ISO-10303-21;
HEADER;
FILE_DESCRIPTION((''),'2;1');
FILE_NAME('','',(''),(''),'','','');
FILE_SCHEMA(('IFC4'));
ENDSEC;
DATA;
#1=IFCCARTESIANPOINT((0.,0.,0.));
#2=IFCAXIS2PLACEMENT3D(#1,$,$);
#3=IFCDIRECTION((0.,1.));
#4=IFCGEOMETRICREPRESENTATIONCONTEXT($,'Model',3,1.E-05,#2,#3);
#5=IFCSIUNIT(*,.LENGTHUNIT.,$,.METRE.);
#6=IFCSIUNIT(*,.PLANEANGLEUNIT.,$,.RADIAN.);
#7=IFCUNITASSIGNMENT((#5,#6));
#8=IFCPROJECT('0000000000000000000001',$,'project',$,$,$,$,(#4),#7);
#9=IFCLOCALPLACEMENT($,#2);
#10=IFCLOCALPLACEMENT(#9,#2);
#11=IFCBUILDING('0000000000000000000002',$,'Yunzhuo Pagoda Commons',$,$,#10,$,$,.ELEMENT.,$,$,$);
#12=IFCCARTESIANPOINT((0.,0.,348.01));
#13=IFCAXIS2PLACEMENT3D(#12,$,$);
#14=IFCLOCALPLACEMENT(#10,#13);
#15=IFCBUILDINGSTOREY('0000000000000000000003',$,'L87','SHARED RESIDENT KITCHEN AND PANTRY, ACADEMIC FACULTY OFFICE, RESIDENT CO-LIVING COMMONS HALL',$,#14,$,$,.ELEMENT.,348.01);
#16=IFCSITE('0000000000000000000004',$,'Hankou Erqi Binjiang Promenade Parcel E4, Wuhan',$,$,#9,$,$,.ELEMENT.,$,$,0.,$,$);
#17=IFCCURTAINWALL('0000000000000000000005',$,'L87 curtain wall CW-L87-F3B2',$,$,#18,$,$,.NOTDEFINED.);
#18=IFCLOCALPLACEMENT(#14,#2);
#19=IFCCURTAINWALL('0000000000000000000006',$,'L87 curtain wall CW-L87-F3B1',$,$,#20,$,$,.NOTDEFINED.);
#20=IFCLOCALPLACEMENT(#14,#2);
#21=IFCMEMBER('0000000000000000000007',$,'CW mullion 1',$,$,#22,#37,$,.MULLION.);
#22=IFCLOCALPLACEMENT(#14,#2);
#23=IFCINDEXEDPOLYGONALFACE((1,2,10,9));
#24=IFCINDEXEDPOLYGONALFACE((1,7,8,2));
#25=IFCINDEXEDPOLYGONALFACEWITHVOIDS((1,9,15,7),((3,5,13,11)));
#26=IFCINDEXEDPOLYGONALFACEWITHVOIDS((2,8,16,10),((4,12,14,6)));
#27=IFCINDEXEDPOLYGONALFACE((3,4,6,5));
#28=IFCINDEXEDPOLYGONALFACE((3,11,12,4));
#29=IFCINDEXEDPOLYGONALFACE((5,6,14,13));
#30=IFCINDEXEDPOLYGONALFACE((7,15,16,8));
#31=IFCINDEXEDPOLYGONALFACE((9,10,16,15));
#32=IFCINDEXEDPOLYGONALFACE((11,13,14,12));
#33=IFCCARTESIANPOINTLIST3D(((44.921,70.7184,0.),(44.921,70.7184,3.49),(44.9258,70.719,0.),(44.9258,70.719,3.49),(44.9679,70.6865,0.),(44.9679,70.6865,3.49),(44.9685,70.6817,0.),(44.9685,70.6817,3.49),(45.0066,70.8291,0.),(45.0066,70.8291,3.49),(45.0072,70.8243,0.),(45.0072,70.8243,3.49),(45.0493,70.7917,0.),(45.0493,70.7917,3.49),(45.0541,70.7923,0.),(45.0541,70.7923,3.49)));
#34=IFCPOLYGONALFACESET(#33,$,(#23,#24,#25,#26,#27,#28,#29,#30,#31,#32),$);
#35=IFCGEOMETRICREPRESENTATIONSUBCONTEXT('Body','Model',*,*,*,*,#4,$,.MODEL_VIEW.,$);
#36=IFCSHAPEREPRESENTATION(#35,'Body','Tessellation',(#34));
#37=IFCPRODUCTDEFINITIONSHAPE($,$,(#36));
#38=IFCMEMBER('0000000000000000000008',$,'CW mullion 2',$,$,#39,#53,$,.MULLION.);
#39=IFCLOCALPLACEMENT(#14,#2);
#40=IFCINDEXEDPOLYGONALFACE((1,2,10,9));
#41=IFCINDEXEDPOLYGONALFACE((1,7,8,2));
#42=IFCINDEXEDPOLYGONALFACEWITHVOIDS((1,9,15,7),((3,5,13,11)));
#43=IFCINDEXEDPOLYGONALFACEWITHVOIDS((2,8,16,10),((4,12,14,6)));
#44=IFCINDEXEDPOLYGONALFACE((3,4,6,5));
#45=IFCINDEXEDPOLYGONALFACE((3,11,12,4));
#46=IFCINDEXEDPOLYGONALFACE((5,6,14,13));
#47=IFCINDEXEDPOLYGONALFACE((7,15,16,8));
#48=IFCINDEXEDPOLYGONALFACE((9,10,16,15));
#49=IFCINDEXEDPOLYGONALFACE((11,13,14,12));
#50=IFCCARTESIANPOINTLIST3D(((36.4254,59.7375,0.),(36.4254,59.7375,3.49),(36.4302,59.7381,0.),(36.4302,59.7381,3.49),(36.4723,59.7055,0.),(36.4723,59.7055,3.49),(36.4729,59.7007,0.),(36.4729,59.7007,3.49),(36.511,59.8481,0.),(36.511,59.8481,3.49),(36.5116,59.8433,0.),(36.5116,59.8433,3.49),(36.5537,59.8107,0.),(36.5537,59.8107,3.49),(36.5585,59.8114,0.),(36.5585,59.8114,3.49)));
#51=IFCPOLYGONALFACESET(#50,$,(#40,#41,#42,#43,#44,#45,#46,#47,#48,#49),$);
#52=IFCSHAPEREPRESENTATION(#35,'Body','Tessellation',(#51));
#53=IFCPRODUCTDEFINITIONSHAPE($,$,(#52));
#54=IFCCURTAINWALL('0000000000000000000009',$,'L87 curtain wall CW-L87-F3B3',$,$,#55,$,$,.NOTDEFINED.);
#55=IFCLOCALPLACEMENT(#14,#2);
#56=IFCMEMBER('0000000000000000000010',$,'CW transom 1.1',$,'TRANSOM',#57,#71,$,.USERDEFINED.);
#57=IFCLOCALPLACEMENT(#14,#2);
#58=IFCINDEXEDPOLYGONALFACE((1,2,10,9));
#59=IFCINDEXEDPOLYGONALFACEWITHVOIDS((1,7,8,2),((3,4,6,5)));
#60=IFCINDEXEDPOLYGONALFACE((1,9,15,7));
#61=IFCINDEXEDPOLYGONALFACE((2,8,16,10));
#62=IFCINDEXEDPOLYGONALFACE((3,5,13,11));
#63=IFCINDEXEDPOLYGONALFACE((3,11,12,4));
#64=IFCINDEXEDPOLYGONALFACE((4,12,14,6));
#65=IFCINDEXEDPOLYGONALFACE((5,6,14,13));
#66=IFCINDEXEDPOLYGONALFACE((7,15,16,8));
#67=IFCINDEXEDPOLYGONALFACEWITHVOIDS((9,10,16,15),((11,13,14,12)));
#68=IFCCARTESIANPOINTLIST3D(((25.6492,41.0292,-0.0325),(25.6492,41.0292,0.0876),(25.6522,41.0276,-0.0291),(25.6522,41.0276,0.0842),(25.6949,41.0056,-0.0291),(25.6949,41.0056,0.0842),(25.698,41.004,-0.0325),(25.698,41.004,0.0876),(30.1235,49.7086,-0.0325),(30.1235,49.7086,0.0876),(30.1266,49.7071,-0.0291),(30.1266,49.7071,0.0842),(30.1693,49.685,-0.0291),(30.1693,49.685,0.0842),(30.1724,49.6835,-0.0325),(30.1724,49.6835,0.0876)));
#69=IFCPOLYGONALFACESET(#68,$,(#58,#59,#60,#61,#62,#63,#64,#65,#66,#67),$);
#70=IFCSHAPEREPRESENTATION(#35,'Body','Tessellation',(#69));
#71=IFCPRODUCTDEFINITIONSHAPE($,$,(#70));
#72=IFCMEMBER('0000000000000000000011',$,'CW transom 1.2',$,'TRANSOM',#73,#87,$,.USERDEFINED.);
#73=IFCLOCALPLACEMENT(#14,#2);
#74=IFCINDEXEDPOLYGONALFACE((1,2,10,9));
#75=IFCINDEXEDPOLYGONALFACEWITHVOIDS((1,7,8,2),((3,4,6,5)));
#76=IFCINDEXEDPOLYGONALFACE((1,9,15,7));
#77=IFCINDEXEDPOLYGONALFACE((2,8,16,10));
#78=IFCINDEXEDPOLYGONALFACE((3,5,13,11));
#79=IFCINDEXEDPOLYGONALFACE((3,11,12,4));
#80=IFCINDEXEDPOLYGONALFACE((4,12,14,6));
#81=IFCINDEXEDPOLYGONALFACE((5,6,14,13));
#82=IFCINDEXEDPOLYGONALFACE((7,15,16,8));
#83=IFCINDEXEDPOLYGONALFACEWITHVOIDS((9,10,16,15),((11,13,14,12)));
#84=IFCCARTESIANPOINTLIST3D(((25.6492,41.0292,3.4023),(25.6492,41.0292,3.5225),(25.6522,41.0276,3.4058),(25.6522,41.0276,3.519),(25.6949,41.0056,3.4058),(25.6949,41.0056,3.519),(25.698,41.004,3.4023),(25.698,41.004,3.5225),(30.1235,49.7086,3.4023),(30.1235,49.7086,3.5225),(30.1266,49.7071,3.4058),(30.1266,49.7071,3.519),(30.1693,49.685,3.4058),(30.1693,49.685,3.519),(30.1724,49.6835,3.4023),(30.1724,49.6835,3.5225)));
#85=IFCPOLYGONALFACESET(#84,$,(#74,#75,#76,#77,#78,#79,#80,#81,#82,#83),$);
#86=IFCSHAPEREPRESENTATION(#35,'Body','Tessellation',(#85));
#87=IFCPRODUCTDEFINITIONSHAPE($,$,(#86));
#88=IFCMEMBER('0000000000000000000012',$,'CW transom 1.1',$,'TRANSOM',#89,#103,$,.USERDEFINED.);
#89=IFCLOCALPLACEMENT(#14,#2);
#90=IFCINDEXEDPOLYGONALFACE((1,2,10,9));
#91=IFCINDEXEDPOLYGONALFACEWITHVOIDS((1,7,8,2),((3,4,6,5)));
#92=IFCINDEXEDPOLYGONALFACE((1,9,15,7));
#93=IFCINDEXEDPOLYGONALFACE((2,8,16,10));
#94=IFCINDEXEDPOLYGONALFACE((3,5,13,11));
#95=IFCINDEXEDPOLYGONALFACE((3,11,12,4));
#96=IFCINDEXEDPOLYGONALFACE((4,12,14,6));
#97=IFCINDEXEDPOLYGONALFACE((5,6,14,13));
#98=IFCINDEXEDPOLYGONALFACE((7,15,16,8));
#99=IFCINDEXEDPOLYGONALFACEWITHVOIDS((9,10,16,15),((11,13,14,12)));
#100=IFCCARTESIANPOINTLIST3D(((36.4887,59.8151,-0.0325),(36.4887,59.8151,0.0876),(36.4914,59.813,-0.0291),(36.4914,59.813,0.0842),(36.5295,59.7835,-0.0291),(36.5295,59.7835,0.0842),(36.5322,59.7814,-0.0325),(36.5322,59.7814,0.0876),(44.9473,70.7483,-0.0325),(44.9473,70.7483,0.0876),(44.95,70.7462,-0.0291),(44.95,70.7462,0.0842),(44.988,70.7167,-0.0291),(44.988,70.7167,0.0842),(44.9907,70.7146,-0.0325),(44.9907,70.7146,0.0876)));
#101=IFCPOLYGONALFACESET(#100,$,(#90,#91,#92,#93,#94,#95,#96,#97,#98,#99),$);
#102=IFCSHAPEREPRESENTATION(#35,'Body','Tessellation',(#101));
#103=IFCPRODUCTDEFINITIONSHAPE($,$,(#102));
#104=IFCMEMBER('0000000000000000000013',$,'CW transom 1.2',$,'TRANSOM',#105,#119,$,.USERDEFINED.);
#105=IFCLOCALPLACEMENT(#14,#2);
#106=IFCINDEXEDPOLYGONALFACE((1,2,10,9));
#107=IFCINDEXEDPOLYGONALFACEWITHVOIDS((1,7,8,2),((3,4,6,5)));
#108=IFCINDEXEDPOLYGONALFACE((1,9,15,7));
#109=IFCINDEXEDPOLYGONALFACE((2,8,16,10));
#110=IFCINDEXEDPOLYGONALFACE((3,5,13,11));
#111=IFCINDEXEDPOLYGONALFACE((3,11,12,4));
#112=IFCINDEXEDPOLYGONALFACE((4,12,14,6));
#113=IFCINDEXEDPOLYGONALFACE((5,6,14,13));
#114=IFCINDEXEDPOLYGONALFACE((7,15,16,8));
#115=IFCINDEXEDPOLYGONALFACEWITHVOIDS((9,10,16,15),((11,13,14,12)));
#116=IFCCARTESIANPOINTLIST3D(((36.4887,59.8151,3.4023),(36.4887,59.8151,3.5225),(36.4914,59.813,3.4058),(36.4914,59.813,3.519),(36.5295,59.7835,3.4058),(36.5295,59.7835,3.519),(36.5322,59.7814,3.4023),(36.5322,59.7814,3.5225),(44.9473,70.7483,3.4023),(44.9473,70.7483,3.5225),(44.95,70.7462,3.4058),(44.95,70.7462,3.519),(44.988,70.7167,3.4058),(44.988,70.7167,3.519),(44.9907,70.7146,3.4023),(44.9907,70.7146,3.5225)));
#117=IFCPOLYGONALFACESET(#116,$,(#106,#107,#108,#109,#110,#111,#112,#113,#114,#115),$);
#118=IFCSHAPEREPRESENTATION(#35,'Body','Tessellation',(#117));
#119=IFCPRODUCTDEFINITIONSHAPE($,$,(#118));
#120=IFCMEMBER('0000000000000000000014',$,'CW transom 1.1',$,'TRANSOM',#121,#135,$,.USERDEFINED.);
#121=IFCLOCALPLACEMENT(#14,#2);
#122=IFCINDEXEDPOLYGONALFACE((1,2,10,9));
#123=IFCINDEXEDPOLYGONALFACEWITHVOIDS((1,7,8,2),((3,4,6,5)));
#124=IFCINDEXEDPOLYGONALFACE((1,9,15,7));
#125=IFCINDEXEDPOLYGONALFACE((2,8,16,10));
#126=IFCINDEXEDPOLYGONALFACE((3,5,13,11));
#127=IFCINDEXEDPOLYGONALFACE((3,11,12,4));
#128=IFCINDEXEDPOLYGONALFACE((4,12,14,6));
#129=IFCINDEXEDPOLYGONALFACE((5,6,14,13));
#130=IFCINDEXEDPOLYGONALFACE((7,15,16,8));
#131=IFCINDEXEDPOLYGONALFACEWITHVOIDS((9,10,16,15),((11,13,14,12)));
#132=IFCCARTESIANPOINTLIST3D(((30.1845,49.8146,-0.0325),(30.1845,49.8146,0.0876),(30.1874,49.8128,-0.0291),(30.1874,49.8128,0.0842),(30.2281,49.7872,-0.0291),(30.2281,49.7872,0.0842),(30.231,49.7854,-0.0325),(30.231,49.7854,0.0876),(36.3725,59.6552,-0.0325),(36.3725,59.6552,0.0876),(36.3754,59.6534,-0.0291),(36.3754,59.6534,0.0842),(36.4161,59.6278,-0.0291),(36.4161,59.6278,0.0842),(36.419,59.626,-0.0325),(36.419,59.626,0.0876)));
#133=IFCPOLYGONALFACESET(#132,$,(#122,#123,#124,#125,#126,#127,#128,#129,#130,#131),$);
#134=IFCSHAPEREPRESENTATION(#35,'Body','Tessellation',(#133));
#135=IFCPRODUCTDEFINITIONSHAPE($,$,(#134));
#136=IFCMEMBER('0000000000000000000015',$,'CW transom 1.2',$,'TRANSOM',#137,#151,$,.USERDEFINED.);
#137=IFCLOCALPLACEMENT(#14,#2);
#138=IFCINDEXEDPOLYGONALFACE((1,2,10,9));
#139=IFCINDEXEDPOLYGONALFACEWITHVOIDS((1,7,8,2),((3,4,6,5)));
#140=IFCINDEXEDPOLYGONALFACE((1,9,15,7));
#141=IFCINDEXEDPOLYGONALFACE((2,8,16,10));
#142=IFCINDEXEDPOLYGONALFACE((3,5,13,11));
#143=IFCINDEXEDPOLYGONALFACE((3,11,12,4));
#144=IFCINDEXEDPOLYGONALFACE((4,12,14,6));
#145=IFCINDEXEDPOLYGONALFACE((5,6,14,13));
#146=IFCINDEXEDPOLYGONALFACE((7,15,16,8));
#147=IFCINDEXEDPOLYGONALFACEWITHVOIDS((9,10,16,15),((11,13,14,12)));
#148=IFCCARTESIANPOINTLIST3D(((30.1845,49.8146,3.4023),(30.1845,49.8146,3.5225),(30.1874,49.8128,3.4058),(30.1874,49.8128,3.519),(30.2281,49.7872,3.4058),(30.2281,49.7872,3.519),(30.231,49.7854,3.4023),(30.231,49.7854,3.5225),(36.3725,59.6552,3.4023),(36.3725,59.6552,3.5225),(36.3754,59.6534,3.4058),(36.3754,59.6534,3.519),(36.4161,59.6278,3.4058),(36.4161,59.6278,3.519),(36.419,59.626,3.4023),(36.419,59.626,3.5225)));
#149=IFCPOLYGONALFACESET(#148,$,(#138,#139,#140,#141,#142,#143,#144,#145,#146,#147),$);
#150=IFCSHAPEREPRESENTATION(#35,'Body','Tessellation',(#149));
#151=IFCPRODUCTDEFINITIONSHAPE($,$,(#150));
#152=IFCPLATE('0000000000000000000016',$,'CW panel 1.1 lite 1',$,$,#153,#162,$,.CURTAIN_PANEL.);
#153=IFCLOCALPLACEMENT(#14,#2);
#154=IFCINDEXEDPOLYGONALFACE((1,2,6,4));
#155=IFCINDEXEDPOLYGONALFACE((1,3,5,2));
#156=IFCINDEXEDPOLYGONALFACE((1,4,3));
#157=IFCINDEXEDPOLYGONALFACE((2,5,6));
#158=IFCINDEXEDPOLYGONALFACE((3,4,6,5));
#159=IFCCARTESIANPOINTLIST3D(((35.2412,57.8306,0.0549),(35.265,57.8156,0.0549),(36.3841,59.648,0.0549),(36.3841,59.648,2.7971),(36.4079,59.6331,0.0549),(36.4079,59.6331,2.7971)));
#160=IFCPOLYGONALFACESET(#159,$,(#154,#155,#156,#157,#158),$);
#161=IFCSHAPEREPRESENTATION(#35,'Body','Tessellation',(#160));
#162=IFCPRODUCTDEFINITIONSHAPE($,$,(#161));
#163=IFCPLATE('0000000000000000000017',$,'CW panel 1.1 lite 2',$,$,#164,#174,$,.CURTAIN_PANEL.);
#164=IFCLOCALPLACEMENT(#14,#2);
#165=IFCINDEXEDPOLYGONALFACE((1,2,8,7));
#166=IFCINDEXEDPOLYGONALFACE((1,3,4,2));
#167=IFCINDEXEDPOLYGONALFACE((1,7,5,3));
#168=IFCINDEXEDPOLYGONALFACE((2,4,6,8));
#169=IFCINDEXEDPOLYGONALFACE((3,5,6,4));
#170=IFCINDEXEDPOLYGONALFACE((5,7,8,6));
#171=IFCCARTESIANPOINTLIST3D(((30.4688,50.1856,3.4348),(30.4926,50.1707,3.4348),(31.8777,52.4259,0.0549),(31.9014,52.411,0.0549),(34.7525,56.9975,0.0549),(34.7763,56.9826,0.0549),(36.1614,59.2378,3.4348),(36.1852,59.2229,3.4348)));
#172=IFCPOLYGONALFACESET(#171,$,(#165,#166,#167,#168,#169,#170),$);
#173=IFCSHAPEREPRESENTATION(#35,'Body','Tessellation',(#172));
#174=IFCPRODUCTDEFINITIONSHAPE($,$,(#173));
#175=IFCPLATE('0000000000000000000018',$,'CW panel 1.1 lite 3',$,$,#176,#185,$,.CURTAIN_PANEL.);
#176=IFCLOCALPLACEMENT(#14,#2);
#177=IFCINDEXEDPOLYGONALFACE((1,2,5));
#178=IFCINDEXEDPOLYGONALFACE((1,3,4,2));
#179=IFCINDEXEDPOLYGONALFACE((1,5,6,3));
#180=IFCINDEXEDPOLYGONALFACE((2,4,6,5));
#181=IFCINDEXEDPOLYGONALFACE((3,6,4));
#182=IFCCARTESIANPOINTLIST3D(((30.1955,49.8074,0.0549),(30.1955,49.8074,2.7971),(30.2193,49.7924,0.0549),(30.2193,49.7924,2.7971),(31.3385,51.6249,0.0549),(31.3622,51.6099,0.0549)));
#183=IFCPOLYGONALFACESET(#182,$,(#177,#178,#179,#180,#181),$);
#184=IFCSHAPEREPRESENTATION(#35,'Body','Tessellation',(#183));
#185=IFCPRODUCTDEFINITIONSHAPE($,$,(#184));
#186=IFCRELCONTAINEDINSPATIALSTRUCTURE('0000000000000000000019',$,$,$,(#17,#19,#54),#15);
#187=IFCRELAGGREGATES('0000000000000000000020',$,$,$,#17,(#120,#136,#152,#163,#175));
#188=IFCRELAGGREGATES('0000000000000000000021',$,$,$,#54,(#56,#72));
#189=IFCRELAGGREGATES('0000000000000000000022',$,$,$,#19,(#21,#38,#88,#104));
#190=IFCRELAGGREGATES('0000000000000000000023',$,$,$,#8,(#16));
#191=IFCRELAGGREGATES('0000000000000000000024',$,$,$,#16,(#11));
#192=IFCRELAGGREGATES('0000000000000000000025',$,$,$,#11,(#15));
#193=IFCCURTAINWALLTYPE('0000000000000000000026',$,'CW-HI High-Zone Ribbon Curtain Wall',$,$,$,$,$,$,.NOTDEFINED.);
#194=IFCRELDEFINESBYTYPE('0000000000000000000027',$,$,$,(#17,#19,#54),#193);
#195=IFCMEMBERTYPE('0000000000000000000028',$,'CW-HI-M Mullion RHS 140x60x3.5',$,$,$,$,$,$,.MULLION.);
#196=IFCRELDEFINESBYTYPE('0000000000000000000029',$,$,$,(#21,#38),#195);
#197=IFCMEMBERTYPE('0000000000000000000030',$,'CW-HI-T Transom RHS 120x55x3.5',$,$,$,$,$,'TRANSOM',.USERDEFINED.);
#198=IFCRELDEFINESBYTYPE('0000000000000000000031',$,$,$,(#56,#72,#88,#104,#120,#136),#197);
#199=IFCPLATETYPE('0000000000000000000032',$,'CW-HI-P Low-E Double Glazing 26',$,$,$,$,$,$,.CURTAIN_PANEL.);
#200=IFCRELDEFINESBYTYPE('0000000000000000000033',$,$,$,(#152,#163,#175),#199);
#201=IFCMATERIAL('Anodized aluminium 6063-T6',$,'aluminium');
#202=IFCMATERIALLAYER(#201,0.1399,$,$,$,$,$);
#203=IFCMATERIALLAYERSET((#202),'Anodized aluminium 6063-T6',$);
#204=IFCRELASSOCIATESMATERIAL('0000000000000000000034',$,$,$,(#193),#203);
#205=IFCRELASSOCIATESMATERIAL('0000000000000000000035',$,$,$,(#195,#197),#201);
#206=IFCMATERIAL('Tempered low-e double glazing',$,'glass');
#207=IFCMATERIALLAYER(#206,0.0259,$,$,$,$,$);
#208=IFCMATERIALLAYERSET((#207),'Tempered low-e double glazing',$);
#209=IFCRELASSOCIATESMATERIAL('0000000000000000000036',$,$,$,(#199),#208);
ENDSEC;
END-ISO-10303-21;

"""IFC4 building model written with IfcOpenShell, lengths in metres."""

from ifc_helpers import new_model, si_unit, direction, frame, origin, origin_2d, place, context, subcontext, project, spatial, polyline, hollow_rectangle, outline, extrude, source, transform, mapped, material, layer, layer_set, material_profile, profile_set, type_object, element, aggregate, save


model = new_model("IFC4")

# Units and contexts
model_context = context("Model", 3, precision=1e-05, world=origin(), true_north=direction((0.0, 1.0)))
body_context = subcontext(model_context, "Body", "Model", "MODEL_VIEW")
ifc_project = project(units=[si_unit("LENGTHUNIT", "METRE"), si_unit("PLANEANGLEUNIT", "RADIAN")], contexts=[model_context])

# Site, building, storey
site_placement = place(None, origin())
site = spatial("IfcSite", under=ifc_project, at=site_placement, Name="Hankou Erqi Binjiang Promenade Parcel E4, Wuhan", CompositionType="ELEMENT", RefElevation=0.0)
building_placement = place(site_placement, origin())
building = spatial("IfcBuilding", under=site, at=building_placement, Name="Yunzhuo Pagoda Commons", CompositionType="ELEMENT")
storey_placement = place(building_placement, frame((0.0, 0.0, 348.01)))
storey = spatial("IfcBuildingStorey", under=building, at=storey_placement, Name="L87", Description="SHARED RESIDENT KITCHEN AND PANTRY, ACADEMIC FACULTY OFFICE, RESIDENT CO-LIVING COMMONS HALL", CompositionType="ELEMENT", Elevation=348.01)

# Curtain walls, members
ifc_material_1 = material(Name="Anodized aluminium 6063-T6", Category="aluminium")
ifc_layer_1 = layer(ifc_material_1, 0.1399)
ifc_layer_set_1 = layer_set([ifc_layer_1], Name="Anodized aluminium 6063-T6")
curtain_wall_type = type_object("IfcCurtainWallType", Name="CW-HI High-Zone Ribbon Curtain Wall", PredefinedType="NOTDEFINED", material=ifc_layer_set_1)
curtain_wall_1_placement = place(storey_placement, origin())
curtain_wall_1 = element("IfcCurtainWall", 1, at=curtain_wall_1_placement, inside=storey, type_object=curtain_wall_type, Name="L87 curtain wall CW-L87-F3B2", PredefinedType="NOTDEFINED")
ifc_material_profile_1 = material_profile(ifc_material_1, hollow_rectangle(XDim=0.0601, YDim=0.1399, WallThickness=0.0034, at=origin_2d()), Name="Anodized aluminium 6063-T6")
ifc_profile_set_1 = profile_set([ifc_material_profile_1], Name="Anodized aluminium 6063-T6")
member_type_1 = type_object("IfcMemberType", Name="CW-HI-M Mullion RHS 140x60x3.5", PredefinedType="MULLION", material=ifc_profile_set_1)
shared_shape_1 = source(origin(), body_context, "Body", "SweptSolid", [
    extrude(hollow_rectangle(XDim=0.0601, YDim=0.1399, WallThickness=0.0034, at=origin_2d()), origin(), (0.0, 0.0, 1.0), 3.49),
])
curtain_wall_2_placement = place(storey_placement, origin())
curtain_wall_2 = element("IfcCurtainWall", 2, at=curtain_wall_2_placement, inside=storey, type_object=curtain_wall_type, Name="L87 curtain wall CW-L87-F3B1", PredefinedType="NOTDEFINED")
member_1_placement = place(storey_placement, frame((44.9875, 70.7554, 0.0), z_axis=(0.0, 0.0, 1.0), x_axis=(0.790927, -0.61191, 0.0)))
member_1 = element("IfcMember", 3, at=member_1_placement, type_object=member_type_1, Name="CW mullion 1", PredefinedType="MULLION", context=body_context, shape_type="MappedRepresentation", body=[
    mapped(shared_shape_1, transform((0.0, 0.0, 0.0), scale=1.0)),
])
member_2_placement = place(storey_placement, frame((36.4919, 59.7744, 0.0), z_axis=(0.0, 0.0, 1.0), x_axis=(0.790927, -0.61191, 0.0)))
member_2 = element("IfcMember", 4, at=member_2_placement, type_object=member_type_1, Name="CW mullion 2", PredefinedType="MULLION", context=body_context, shape_type="MappedRepresentation", body=[
    mapped(shared_shape_1, transform((0.0, 0.0, 0.0), scale=1.0)),
])
curtain_wall_3_placement = place(storey_placement, origin())
curtain_wall_3 = element("IfcCurtainWall", 5, at=curtain_wall_3_placement, inside=storey, type_object=curtain_wall_type, Name="L87 curtain wall CW-L87-F3B3", PredefinedType="NOTDEFINED")
ifc_material_profile_2 = material_profile(ifc_material_1, hollow_rectangle(XDim=0.0549, YDim=0.1201, WallThickness=0.0034, at=origin_2d()), Name="Anodized aluminium 6063-T6")
ifc_profile_set_2 = profile_set([ifc_material_profile_2], Name="Anodized aluminium 6063-T6")
member_type_2 = type_object("IfcMemberType", Name="CW-HI-T Transom RHS 120x55x3.5", ElementType="TRANSOM", PredefinedType="USERDEFINED", material=ifc_profile_set_2)
shared_shape_2 = source(origin(), body_context, "Body", "SweptSolid", [
    extrude(hollow_rectangle(XDim=0.0549, YDim=0.1201, WallThickness=0.0034, at=origin_2d()), origin(), (0.0, 0.0, 1.0), 9.7649),
])
member_3_placement = place(storey_placement, frame((30.1479, 49.696, 0.0276), z_axis=(-0.45821, -0.888844, 0.0), x_axis=(0.888844, -0.45821, 0.0)))
member_3 = element("IfcMember", 6, at=member_3_placement, type_object=member_type_2, Name="CW transom 1.1", ObjectType="TRANSOM", PredefinedType="USERDEFINED", context=body_context, shape_type="MappedRepresentation", body=[
    mapped(shared_shape_2, transform((0.0, 0.0, 0.0), scale=1.0)),
])
member_4_placement = place(storey_placement, frame((30.1479, 49.696, 3.4624), z_axis=(-0.45821, -0.888844, 0.0), x_axis=(0.888844, -0.45821, 0.0)))
member_4 = element("IfcMember", 7, at=member_4_placement, type_object=member_type_2, Name="CW transom 1.2", ObjectType="TRANSOM", PredefinedType="USERDEFINED", context=body_context, shape_type="MappedRepresentation", body=[
    mapped(shared_shape_2, transform((0.0, 0.0, 0.0), scale=1.0)),
])

# Members
shared_shape_3 = source(origin(), body_context, "Body", "SweptSolid", [
    extrude(hollow_rectangle(XDim=0.0549, YDim=0.1201, WallThickness=0.0034, at=origin_2d()), origin(), (0.0, 0.0, 1.0), 13.8232),
])
member_5_placement = place(storey_placement, frame((44.969, 70.7314, 0.0276), z_axis=(-0.611909, -0.790928, 0.0), x_axis=(0.790928, -0.611909, 0.0)))
member_5 = element("IfcMember", 8, at=member_5_placement, type_object=member_type_2, Name="CW transom 1.1", ObjectType="TRANSOM", PredefinedType="USERDEFINED", context=body_context, shape_type="MappedRepresentation", body=[
    mapped(shared_shape_3, transform((0.0, 0.0, 0.0), scale=1.0)),
])
member_6_placement = place(storey_placement, frame((44.969, 70.7314, 3.4624), z_axis=(-0.611909, -0.790928, 0.0), x_axis=(0.790928, -0.611909, 0.0)))
member_6 = element("IfcMember", 9, at=member_6_placement, type_object=member_type_2, Name="CW transom 1.2", ObjectType="TRANSOM", PredefinedType="USERDEFINED", context=body_context, shape_type="MappedRepresentation", body=[
    mapped(shared_shape_3, transform((0.0, 0.0, 0.0), scale=1.0)),
])
shared_shape_4 = source(origin(), body_context, "Body", "SweptSolid", [
    extrude(hollow_rectangle(XDim=0.0549, YDim=0.1201, WallThickness=0.0034, at=origin_2d()), origin(), (0.0, 0.0, 1.0), 11.6245),
])
member_7_placement = place(storey_placement, frame((36.3958, 59.6406, 0.0276), z_axis=(-0.532325, -0.84654, 0.0), x_axis=(0.84654, -0.532325, 0.0)))
member_7 = element("IfcMember", 10, at=member_7_placement, type_object=member_type_2, Name="CW transom 1.1", ObjectType="TRANSOM", PredefinedType="USERDEFINED", context=body_context, shape_type="MappedRepresentation", body=[
    mapped(shared_shape_4, transform((0.0, 0.0, 0.0), scale=1.0)),
])
member_8_placement = place(storey_placement, frame((36.3958, 59.6406, 3.4624), z_axis=(-0.532325, -0.84654, 0.0), x_axis=(0.84654, -0.532325, 0.0)))
member_8 = element("IfcMember", 11, at=member_8_placement, type_object=member_type_2, Name="CW transom 1.2", ObjectType="TRANSOM", PredefinedType="USERDEFINED", context=body_context, shape_type="MappedRepresentation", body=[
    mapped(shared_shape_4, transform((0.0, 0.0, 0.0), scale=1.0)),
])

# Plates
ifc_material_2 = material(Name="Tempered low-e double glazing", Category="glass")
ifc_layer_2 = layer(ifc_material_2, 0.0259)
ifc_layer_set_2 = layer_set([ifc_layer_2], Name="Tempered low-e double glazing")
plate_type_1 = type_object("IfcPlateType", Name="CW-HI-P Low-E Double Glazing 26", PredefinedType="CURTAIN_PANEL", material=ifc_layer_set_2)
plate_1_placement = place(storey_placement, frame((35.8364, 58.7244, 1.426), z_axis=(-0.846525, 0.53235, 0.0), x_axis=(-0.53235, -0.846525, 0.0)))
plate_1 = element("IfcPlate", 12, at=plate_1_placement, type_object=plate_type_1, Name="CW panel 1.1 lite 1", PredefinedType="CURTAIN_PANEL", context=body_context, shape_type="SweptSolid", body=[
    extrude(outline(polyline([(-1.0735, -1.3711), (1.0735, -1.3711), (-1.0735, 1.3711), (-1.0735, -1.3711)])), origin(), (0.0, 0.0, 1.0), 0.0281),
])
plate_2_placement = place(storey_placement, frame((33.3389, 54.6968, 1.7449), z_axis=(-0.846525, 0.53235, 0.0), x_axis=(-0.53235, -0.846525, 0.0)))
plate_2 = element("IfcPlate", 13, at=plate_2_placement, type_object=plate_type_1, Name="CW panel 1.1 lite 2", PredefinedType="CURTAIN_PANEL", context=body_context, shape_type="SweptSolid", body=[
    extrude(outline(polyline([(-5.3467, 1.6899), (-2.7002, -1.6899), (2.7002, -1.6899), (5.3467, 1.6899), (-5.3467, 1.6899)])), origin(), (0.0, 0.0, 1.0), 0.0281),
])
plate_3_placement = place(storey_placement, frame((30.7908, 50.7012, 1.426), z_axis=(-0.846525, 0.53235, 0.0), x_axis=(-0.53235, -0.846525, 0.0)))
plate_3 = element("IfcPlate", 14, at=plate_3_placement, type_object=plate_type_1, Name="CW panel 1.1 lite 3", PredefinedType="CURTAIN_PANEL", context=body_context, shape_type="SweptSolid", body=[
    extrude(outline(polyline([(-1.0735, -1.3711), (1.0735, -1.3711), (1.0735, 1.3711), (-1.0735, -1.3711)])), origin(), (0.0, 0.0, 1.0), 0.0281),
])
aggregate(curtain_wall_1, [member_7, member_8, plate_1, plate_2, plate_3])
aggregate(curtain_wall_3, [member_3, member_4])

aggregate(curtain_wall_2, [member_1, member_2, member_5, member_6])

save(model, "model.ifc")
